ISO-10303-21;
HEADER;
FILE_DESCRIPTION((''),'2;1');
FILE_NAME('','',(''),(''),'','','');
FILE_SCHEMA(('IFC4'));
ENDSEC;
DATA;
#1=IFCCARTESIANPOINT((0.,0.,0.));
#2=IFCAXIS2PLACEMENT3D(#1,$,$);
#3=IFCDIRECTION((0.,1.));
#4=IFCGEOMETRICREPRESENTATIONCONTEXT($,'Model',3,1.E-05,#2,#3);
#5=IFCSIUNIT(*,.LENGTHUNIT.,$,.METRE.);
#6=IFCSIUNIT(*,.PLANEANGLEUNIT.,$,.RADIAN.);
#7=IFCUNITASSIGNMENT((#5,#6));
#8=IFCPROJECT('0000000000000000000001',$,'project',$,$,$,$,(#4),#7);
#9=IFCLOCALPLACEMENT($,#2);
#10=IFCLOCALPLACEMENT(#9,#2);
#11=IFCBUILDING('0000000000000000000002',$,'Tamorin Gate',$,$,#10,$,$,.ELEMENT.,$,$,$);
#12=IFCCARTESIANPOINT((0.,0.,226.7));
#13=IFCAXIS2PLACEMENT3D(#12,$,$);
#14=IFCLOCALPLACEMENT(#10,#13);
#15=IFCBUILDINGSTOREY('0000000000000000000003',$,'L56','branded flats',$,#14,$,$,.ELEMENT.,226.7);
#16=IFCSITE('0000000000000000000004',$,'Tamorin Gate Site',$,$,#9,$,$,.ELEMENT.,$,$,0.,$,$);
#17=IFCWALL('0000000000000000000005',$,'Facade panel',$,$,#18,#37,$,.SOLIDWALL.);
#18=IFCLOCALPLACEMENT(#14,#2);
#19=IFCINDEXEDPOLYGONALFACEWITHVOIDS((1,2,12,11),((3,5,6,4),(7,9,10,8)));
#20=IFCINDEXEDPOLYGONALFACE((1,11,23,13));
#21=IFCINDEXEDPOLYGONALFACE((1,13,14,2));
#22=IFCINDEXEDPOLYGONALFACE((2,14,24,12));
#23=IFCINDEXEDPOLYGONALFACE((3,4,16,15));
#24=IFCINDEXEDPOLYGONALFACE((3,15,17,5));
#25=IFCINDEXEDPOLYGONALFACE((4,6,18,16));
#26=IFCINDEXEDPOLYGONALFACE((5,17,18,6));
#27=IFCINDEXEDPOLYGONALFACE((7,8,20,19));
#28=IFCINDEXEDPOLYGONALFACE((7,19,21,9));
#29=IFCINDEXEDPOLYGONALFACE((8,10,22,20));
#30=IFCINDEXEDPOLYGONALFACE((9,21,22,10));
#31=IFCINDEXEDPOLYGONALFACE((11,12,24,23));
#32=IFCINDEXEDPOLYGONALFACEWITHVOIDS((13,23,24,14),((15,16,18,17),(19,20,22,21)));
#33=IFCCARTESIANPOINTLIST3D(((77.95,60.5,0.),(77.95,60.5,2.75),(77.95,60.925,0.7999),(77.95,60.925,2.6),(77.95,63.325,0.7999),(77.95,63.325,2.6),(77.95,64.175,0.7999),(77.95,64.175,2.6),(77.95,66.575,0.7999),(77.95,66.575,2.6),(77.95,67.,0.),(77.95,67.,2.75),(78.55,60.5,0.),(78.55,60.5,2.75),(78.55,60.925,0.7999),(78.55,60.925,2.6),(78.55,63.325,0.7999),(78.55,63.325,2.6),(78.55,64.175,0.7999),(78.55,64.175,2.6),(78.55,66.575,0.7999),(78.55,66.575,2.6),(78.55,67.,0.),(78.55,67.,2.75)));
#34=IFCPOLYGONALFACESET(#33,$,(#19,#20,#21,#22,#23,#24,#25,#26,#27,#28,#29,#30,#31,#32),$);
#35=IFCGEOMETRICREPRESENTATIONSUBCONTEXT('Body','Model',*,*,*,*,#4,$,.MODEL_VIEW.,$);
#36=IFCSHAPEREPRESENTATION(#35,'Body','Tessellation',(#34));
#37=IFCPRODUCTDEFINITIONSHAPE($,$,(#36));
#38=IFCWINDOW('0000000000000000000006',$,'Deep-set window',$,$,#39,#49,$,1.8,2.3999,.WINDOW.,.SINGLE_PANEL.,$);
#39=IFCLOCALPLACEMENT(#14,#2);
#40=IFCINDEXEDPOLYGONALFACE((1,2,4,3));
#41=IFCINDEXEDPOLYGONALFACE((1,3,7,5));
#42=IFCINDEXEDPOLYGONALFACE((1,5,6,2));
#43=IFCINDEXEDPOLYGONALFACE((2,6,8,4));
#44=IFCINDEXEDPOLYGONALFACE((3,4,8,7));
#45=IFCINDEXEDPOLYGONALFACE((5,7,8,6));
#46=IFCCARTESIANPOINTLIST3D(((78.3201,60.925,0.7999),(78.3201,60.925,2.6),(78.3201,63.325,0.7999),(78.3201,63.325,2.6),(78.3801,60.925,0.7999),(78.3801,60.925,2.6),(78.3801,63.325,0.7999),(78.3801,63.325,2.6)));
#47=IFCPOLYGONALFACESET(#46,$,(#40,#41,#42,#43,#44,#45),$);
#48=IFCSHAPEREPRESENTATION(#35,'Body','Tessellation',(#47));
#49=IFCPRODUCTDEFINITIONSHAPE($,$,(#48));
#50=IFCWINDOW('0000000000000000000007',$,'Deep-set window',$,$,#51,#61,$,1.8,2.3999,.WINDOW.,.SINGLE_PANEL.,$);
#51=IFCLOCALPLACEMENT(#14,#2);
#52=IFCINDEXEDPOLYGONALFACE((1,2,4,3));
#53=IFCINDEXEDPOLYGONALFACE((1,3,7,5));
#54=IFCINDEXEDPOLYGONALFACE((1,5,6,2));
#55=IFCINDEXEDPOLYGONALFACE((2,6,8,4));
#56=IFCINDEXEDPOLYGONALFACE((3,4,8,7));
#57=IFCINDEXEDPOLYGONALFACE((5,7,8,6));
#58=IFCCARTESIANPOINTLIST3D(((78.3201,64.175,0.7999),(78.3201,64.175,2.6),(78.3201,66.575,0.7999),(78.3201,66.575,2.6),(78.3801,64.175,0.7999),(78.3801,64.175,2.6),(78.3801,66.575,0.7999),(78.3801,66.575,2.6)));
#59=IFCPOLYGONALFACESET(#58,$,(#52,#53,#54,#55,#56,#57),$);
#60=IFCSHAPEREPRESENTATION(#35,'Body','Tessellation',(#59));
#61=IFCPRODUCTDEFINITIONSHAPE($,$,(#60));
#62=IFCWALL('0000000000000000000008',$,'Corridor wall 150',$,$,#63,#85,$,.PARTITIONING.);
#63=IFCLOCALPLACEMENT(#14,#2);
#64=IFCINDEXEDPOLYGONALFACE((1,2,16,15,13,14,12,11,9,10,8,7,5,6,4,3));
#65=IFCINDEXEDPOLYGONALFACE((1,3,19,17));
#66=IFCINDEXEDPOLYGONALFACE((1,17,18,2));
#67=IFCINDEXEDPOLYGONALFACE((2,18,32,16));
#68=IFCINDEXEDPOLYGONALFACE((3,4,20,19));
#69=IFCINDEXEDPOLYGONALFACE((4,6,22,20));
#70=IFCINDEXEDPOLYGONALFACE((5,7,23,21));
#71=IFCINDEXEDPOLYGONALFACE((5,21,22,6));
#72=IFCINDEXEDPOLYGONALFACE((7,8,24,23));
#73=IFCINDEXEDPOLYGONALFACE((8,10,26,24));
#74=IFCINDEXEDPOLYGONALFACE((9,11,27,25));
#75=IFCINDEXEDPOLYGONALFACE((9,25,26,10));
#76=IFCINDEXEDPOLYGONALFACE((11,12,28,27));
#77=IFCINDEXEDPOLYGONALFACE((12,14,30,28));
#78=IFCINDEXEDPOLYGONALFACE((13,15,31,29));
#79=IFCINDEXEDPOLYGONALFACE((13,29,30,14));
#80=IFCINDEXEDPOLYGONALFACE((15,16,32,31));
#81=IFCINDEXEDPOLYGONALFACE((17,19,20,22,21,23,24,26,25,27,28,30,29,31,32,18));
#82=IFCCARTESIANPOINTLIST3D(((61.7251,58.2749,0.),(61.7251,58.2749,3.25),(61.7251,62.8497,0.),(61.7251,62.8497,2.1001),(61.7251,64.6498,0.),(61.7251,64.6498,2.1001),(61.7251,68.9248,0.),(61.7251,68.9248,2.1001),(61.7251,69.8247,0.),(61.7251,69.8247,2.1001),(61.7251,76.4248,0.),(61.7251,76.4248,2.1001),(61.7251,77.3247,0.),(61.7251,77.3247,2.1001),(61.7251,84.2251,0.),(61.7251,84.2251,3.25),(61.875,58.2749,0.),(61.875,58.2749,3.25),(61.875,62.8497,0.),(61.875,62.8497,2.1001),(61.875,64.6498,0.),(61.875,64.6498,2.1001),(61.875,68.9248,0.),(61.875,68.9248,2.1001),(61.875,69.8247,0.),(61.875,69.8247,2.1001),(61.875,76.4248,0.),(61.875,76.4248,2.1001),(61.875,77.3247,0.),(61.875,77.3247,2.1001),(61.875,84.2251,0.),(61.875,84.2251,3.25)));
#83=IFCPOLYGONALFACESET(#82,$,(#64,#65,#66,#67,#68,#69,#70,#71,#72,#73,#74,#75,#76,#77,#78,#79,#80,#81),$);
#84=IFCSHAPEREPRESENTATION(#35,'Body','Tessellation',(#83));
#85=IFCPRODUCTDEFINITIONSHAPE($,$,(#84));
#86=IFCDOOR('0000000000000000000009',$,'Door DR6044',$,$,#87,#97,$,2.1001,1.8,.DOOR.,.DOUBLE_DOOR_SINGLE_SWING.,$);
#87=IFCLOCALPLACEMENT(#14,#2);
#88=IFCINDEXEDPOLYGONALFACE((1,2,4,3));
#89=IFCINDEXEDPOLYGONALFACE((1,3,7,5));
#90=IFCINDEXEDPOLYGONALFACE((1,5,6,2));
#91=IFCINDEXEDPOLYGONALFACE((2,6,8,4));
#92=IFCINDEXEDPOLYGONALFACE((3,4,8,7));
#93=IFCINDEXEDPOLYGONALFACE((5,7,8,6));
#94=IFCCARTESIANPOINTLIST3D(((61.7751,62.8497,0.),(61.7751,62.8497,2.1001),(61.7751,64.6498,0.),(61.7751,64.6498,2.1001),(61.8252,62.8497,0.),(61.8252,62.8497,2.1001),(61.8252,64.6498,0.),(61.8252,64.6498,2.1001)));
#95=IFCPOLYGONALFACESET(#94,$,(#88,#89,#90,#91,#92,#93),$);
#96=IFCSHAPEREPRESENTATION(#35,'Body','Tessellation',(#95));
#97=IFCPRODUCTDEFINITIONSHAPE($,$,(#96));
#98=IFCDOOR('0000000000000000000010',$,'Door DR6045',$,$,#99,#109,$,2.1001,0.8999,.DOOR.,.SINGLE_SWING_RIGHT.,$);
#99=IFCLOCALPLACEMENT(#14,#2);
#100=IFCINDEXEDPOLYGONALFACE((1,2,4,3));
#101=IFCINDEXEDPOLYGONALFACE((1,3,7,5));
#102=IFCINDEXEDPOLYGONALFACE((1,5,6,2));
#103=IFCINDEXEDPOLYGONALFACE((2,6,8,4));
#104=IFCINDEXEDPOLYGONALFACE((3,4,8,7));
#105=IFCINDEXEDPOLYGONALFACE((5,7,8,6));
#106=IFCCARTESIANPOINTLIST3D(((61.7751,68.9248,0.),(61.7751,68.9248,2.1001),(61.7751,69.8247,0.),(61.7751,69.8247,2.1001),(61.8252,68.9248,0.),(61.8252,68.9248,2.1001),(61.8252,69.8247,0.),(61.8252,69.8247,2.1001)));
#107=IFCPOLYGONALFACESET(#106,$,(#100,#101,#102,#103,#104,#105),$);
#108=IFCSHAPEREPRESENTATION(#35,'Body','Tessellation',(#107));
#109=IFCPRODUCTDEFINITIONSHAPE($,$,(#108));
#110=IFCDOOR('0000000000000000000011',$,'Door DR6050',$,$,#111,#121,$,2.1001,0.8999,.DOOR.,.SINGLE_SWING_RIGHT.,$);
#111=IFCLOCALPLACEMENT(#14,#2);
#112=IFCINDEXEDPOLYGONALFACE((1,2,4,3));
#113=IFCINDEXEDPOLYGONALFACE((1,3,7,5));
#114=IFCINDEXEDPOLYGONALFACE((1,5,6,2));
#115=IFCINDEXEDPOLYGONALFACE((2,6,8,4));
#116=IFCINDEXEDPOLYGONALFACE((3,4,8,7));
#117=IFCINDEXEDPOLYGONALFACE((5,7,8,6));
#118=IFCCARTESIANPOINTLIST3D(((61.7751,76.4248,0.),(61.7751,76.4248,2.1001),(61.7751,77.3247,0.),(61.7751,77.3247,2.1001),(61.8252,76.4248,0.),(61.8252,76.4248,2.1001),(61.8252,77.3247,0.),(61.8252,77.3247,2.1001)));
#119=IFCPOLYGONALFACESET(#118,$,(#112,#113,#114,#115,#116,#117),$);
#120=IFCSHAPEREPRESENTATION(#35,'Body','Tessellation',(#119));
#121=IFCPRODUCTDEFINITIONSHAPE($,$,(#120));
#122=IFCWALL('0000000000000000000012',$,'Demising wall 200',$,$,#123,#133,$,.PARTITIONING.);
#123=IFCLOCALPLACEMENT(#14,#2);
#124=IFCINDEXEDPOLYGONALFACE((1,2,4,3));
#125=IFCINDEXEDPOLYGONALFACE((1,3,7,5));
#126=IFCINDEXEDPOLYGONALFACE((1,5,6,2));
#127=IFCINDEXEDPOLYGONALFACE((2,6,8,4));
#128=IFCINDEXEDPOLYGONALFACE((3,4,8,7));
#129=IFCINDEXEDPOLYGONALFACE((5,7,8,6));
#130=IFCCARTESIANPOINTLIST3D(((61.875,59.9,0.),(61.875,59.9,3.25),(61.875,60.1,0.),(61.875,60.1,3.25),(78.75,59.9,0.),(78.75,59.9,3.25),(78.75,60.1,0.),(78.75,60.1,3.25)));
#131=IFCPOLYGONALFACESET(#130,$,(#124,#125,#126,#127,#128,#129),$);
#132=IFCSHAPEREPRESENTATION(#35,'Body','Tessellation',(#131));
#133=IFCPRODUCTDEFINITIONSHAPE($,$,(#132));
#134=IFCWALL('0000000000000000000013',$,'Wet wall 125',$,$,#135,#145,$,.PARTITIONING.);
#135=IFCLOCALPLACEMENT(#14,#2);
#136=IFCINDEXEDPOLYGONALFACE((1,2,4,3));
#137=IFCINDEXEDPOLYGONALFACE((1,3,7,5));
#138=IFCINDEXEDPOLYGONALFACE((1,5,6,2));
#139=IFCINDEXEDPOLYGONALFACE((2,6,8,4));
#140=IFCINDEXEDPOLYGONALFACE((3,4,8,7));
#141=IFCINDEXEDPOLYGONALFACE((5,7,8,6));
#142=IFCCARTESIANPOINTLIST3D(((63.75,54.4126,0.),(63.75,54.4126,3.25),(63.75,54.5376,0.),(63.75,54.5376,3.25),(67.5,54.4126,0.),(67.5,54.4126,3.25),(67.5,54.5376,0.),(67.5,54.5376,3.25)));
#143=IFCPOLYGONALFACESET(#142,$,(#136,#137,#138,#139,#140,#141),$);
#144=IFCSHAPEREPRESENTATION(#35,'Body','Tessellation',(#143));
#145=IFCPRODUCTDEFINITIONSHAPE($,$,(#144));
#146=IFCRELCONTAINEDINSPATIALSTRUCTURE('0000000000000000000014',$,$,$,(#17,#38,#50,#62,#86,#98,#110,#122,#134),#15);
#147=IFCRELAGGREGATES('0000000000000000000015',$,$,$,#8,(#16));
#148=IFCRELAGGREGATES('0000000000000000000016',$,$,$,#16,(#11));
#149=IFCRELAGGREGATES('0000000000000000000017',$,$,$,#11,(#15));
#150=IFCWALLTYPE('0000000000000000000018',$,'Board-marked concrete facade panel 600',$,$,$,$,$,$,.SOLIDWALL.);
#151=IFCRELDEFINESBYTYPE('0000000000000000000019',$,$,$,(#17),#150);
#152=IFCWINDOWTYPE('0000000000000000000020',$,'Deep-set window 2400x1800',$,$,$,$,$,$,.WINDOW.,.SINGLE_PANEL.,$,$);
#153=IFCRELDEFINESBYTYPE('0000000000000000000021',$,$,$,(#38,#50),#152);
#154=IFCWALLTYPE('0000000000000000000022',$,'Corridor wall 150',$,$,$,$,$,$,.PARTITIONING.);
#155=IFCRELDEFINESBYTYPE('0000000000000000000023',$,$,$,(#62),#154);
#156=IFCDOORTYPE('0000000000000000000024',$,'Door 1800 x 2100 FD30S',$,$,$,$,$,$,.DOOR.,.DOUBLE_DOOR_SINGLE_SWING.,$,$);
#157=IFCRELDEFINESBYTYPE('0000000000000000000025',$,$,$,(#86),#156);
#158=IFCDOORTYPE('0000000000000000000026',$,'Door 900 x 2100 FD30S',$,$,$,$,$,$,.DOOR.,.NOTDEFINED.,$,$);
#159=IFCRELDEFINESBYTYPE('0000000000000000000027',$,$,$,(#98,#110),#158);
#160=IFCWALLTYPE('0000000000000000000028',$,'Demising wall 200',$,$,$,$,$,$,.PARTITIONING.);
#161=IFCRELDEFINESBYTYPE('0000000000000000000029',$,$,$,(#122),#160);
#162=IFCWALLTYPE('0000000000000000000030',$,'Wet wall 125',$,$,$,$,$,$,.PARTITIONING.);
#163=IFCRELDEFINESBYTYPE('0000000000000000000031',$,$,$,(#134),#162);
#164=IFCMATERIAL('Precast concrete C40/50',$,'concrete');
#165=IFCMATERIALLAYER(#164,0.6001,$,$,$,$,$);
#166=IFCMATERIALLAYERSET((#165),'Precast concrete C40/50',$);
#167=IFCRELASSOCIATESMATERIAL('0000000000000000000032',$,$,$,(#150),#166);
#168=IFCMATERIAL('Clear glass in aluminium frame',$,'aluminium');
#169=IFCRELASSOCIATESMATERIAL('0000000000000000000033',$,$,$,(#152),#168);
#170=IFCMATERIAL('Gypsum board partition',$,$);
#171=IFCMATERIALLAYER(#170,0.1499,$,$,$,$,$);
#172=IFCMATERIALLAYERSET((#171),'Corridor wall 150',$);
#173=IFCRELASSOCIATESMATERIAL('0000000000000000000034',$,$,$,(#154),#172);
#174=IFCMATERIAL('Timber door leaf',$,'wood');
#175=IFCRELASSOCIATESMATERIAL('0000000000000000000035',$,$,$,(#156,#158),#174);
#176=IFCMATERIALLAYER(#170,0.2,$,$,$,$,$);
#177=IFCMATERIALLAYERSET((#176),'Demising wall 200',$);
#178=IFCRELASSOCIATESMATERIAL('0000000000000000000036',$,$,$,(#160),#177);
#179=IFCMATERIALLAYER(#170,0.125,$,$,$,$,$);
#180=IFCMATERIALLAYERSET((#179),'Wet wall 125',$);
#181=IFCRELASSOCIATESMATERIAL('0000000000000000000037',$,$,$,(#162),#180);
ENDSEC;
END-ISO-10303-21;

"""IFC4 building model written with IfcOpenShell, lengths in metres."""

from ifc_helpers import new_model, si_unit, direction, frame, frame_2d, origin, place, context, subcontext, project, spatial, rectangle, extrude, material, layer, layer_set, type_object, element, fill, save


model = new_model("IFC4")

# Units and contexts
model_context = context("Model", 3, precision=1e-05, world=origin(), true_north=direction((0.0, 1.0)))
body_context = subcontext(model_context, "Body", "Model", "MODEL_VIEW")
ifc_project = project(units=[si_unit("LENGTHUNIT", "METRE"), si_unit("PLANEANGLEUNIT", "RADIAN")], contexts=[model_context])

# Site, building, storey
site_placement = place(None, origin())
site = spatial("IfcSite", under=ifc_project, at=site_placement, Name="Tamorin Gate Site", CompositionType="ELEMENT", RefElevation=0.0)
building_placement = place(site_placement, origin())
building = spatial("IfcBuilding", under=site, at=building_placement, Name="Tamorin Gate", CompositionType="ELEMENT")
storey_placement = place(building_placement, frame((0.0, 0.0, 226.7)))
storey = spatial("IfcBuildingStorey", under=building, at=storey_placement, Name="L56", Description="branded flats", CompositionType="ELEMENT", Elevation=226.7)

# Wall, openings, windows
ifc_material_1 = material(Name="Precast concrete C40/50", Category="concrete")
ifc_layer_1 = layer(ifc_material_1, 0.6001)
ifc_layer_set_1 = layer_set([ifc_layer_1], Name="Precast concrete C40/50")
wall_type_1 = type_object("IfcWallType", Name="Board-marked concrete facade panel 600", PredefinedType="SOLIDWALL", material=ifc_layer_set_1)
ifc_material_2 = material(Name="Clear glass in aluminium frame", Category="aluminium")
window_type = type_object("IfcWindowType", Name="Deep-set window 2400x1800", PartitioningType="SINGLE_PANEL", PredefinedType="WINDOW", material=ifc_material_2)
wall_1_placement = place(storey_placement, frame((78.25, 60.5, 0.0), z_axis=(0.0, 0.0, 1.0), x_axis=(0.0, 1.0, 0.0)))
wall_1 = element("IfcWall", 1, at=wall_1_placement, inside=storey, type_object=wall_type_1, Name="Facade panel", PredefinedType="SOLIDWALL", context=body_context, shape_type="SweptSolid", body=[
    extrude(rectangle(XDim=6.5, YDim=0.6001, at=frame_2d((3.25, 0.0))), origin(), (0.0, 0.0, 1.0), 2.75),
])
opening_1_placement = place(wall_1_placement, frame((0.425, 0.0, 0.8)))
opening_1 = element("IfcOpeningElement", 2, at=opening_1_placement, cuts=wall_1, PredefinedType="OPENING", context=body_context, shape_type="SweptSolid", body=[
    extrude(rectangle(XDim=2.3999, YDim=1.8, at=frame_2d((1.2, 0.8999))), frame((0.0, 0.3101, 0.0), z_axis=(0.0, -1.0, 0.0), x_axis=(1.0, 0.0, 0.0)), (0.0, 0.0, 1.0), 0.6201),
])
opening_2_placement = place(wall_1_placement, frame((3.675, 0.0, 0.8)))
opening_2 = element("IfcOpeningElement", 3, at=opening_2_placement, cuts=wall_1, PredefinedType="OPENING", context=body_context, shape_type="SweptSolid", body=[
    extrude(rectangle(XDim=2.3999, YDim=1.8, at=frame_2d((1.2, 0.8999))), frame((0.0, 0.3101, 0.0), z_axis=(0.0, -1.0, 0.0), x_axis=(1.0, 0.0, 0.0)), (0.0, 0.0, 1.0), 0.6201),
])
window_1_placement = place(opening_1_placement, origin())
window_1 = element("IfcWindow", 4, at=window_1_placement, inside=storey, type_object=window_type, Name="Deep-set window", OverallHeight=1.8, OverallWidth=2.3999, PartitioningType="SINGLE_PANEL", PredefinedType="WINDOW", context=body_context, shape_type="SweptSolid", body=[
    extrude(rectangle(XDim=2.3999, YDim=1.8, at=frame_2d((1.2, 0.8999))), frame((0.0, -0.0701, 0.0), z_axis=(0.0, -1.0, 0.0), x_axis=(1.0, 0.0, 0.0)), (0.0, 0.0, 1.0), 0.0601),
])
fill(opening_1, window_1)
window_2_placement = place(opening_2_placement, origin())
window_2 = element("IfcWindow", 5, at=window_2_placement, inside=storey, type_object=window_type, Name="Deep-set window", OverallHeight=1.8, OverallWidth=2.3999, PartitioningType="SINGLE_PANEL", PredefinedType="WINDOW", context=body_context, shape_type="SweptSolid", body=[
    extrude(rectangle(XDim=2.3999, YDim=1.8, at=frame_2d((1.2, 0.8999))), frame((0.0, -0.0701, 0.0), z_axis=(0.0, -1.0, 0.0), x_axis=(1.0, 0.0, 0.0)), (0.0, 0.0, 1.0), 0.0601),
])
fill(opening_2, window_2)

# Wall, openings, doors
ifc_material_3 = material(Name="Gypsum board partition")
ifc_layer_2 = layer(ifc_material_3, 0.1499)
ifc_layer_set_2 = layer_set([ifc_layer_2], Name="Corridor wall 150")
wall_type_2 = type_object("IfcWallType", Name="Corridor wall 150", PredefinedType="PARTITIONING", material=ifc_layer_set_2)
wall_2_placement = place(storey_placement, frame((61.8, 58.2749, 0.0), z_axis=(0.0, 0.0, 1.0), x_axis=(0.0, 1.0, 0.0)))
wall_2 = element("IfcWall", 6, at=wall_2_placement, inside=storey, type_object=wall_type_2, Name="Corridor wall 150", PredefinedType="PARTITIONING", context=body_context, shape_type="SweptSolid", body=[
    extrude(rectangle(XDim=25.9502, YDim=0.1499, at=frame_2d((12.9751, 0.0))), origin(), (0.0, 0.0, 1.0), 3.25),
])
opening_3_placement = place(wall_2_placement, frame((4.575, 0.0, 0.0)))
opening_3 = element("IfcOpeningElement", 7, at=opening_3_placement, cuts=wall_2, PredefinedType="OPENING", context=body_context, shape_type="SweptSolid", body=[
    extrude(rectangle(XDim=1.8, YDim=2.1001, at=frame_2d((0.8999, 1.05))), frame((0.0, 0.085, 0.0), z_axis=(0.0, -1.0, 0.0), x_axis=(1.0, 0.0, 0.0)), (0.0, 0.0, 1.0), 0.1699),
])
opening_4_placement = place(wall_2_placement, frame((10.6499, 0.0, 0.0)))
opening_4 = element("IfcOpeningElement", 8, at=opening_4_placement, cuts=wall_2, PredefinedType="OPENING", context=body_context, shape_type="SweptSolid", body=[
    extrude(rectangle(XDim=0.8999, YDim=2.1001, at=frame_2d((0.45, 1.05))), frame((0.0, 0.085, 0.0), z_axis=(0.0, -1.0, 0.0), x_axis=(1.0, 0.0, 0.0)), (0.0, 0.0, 1.0), 0.1699),
])
opening_5_placement = place(wall_2_placement, frame((18.1499, 0.0, 0.0)))
opening_5 = element("IfcOpeningElement", 9, at=opening_5_placement, cuts=wall_2, PredefinedType="OPENING", context=body_context, shape_type="SweptSolid", body=[
    extrude(rectangle(XDim=0.8999, YDim=2.1001, at=frame_2d((0.45, 1.05))), frame((0.0, 0.085, 0.0), z_axis=(0.0, -1.0, 0.0), x_axis=(1.0, 0.0, 0.0)), (0.0, 0.0, 1.0), 0.1699),
])
ifc_material_4 = material(Name="Timber door leaf", Category="wood")
door_type_1 = type_object("IfcDoorType", Name="Door 1800 x 2100 FD30S", OperationType="DOUBLE_DOOR_SINGLE_SWING", PredefinedType="DOOR", material=ifc_material_4)
door_1_placement = place(opening_3_placement, origin())
door_1 = element("IfcDoor", 10, at=door_1_placement, inside=storey, type_object=door_type_1, Name="Door DR6044", OperationType="DOUBLE_DOOR_SINGLE_SWING", OverallHeight=2.1001, OverallWidth=1.8, PredefinedType="DOOR", context=body_context, shape_type="SweptSolid", body=[
    extrude(rectangle(XDim=1.8, YDim=2.1001, at=frame_2d((0.8999, 1.05))), frame((0.0, 0.0249, 0.0), z_axis=(0.0, -1.0, 0.0), x_axis=(1.0, 0.0, 0.0)), (0.0, 0.0, 1.0), 0.05),
])
fill(opening_3, door_1)
door_type_2 = type_object("IfcDoorType", Name="Door 900 x 2100 FD30S", OperationType="NOTDEFINED", PredefinedType="DOOR", material=ifc_material_4)
door_2_placement = place(opening_4_placement, origin())
door_2 = element("IfcDoor", 11, at=door_2_placement, inside=storey, type_object=door_type_2, Name="Door DR6045", OperationType="SINGLE_SWING_RIGHT", OverallHeight=2.1001, OverallWidth=0.8999, PredefinedType="DOOR", context=body_context, shape_type="SweptSolid", body=[
    extrude(rectangle(XDim=0.8999, YDim=2.1001, at=frame_2d((0.45, 1.05))), frame((0.0, 0.0249, 0.0), z_axis=(0.0, -1.0, 0.0), x_axis=(1.0, 0.0, 0.0)), (0.0, 0.0, 1.0), 0.05),
])
fill(opening_4, door_2)
door_3_placement = place(opening_5_placement, origin())
door_3 = element("IfcDoor", 12, at=door_3_placement, inside=storey, type_object=door_type_2, Name="Door DR6050", OperationType="SINGLE_SWING_RIGHT", OverallHeight=2.1001, OverallWidth=0.8999, PredefinedType="DOOR", context=body_context, shape_type="SweptSolid", body=[
    extrude(rectangle(XDim=0.8999, YDim=2.1001, at=frame_2d((0.45, 1.05))), frame((0.0, 0.0249, 0.0), z_axis=(0.0, -1.0, 0.0), x_axis=(1.0, 0.0, 0.0)), (0.0, 0.0, 1.0), 0.05),
])
fill(opening_5, door_3)

# Walls
ifc_layer_3 = layer(ifc_material_3, 0.2)
ifc_layer_set_3 = layer_set([ifc_layer_3], Name="Demising wall 200")
wall_type_3 = type_object("IfcWallType", Name="Demising wall 200", PredefinedType="PARTITIONING", material=ifc_layer_set_3)
wall_3_placement = place(storey_placement, frame((61.875, 60.0, 0.0), z_axis=(0.0, 0.0, 1.0), x_axis=(1.0, 0.0, 0.0)))
element("IfcWall", 13, at=wall_3_placement, inside=storey, type_object=wall_type_3, Name="Demising wall 200", PredefinedType="PARTITIONING", context=body_context, shape_type="SweptSolid", body=[
    extrude(rectangle(XDim=16.875, YDim=0.2, at=frame_2d((8.4375, 0.0))), origin(), (0.0, 0.0, 1.0), 3.25),
])
ifc_layer_4 = layer(ifc_material_3, 0.125)
ifc_layer_set_4 = layer_set([ifc_layer_4], Name="Wet wall 125")
wall_type_4 = type_object("IfcWallType", Name="Wet wall 125", PredefinedType="PARTITIONING", material=ifc_layer_set_4)
wall_4_placement = place(storey_placement, frame((63.75, 54.4751, 0.0), z_axis=(0.0, 0.0, 1.0), x_axis=(1.0, 0.0, 0.0)))
element("IfcWall", 14, at=wall_4_placement, inside=storey, type_object=wall_type_4, Name="Wet wall 125", PredefinedType="PARTITIONING", context=body_context, shape_type="SweptSolid", body=[
    extrude(rectangle(XDim=3.75, YDim=0.125, at=frame_2d((1.875, 0.0))), origin(), (0.0, 0.0, 1.0), 3.25),
])

save(model, "model.ifc")
